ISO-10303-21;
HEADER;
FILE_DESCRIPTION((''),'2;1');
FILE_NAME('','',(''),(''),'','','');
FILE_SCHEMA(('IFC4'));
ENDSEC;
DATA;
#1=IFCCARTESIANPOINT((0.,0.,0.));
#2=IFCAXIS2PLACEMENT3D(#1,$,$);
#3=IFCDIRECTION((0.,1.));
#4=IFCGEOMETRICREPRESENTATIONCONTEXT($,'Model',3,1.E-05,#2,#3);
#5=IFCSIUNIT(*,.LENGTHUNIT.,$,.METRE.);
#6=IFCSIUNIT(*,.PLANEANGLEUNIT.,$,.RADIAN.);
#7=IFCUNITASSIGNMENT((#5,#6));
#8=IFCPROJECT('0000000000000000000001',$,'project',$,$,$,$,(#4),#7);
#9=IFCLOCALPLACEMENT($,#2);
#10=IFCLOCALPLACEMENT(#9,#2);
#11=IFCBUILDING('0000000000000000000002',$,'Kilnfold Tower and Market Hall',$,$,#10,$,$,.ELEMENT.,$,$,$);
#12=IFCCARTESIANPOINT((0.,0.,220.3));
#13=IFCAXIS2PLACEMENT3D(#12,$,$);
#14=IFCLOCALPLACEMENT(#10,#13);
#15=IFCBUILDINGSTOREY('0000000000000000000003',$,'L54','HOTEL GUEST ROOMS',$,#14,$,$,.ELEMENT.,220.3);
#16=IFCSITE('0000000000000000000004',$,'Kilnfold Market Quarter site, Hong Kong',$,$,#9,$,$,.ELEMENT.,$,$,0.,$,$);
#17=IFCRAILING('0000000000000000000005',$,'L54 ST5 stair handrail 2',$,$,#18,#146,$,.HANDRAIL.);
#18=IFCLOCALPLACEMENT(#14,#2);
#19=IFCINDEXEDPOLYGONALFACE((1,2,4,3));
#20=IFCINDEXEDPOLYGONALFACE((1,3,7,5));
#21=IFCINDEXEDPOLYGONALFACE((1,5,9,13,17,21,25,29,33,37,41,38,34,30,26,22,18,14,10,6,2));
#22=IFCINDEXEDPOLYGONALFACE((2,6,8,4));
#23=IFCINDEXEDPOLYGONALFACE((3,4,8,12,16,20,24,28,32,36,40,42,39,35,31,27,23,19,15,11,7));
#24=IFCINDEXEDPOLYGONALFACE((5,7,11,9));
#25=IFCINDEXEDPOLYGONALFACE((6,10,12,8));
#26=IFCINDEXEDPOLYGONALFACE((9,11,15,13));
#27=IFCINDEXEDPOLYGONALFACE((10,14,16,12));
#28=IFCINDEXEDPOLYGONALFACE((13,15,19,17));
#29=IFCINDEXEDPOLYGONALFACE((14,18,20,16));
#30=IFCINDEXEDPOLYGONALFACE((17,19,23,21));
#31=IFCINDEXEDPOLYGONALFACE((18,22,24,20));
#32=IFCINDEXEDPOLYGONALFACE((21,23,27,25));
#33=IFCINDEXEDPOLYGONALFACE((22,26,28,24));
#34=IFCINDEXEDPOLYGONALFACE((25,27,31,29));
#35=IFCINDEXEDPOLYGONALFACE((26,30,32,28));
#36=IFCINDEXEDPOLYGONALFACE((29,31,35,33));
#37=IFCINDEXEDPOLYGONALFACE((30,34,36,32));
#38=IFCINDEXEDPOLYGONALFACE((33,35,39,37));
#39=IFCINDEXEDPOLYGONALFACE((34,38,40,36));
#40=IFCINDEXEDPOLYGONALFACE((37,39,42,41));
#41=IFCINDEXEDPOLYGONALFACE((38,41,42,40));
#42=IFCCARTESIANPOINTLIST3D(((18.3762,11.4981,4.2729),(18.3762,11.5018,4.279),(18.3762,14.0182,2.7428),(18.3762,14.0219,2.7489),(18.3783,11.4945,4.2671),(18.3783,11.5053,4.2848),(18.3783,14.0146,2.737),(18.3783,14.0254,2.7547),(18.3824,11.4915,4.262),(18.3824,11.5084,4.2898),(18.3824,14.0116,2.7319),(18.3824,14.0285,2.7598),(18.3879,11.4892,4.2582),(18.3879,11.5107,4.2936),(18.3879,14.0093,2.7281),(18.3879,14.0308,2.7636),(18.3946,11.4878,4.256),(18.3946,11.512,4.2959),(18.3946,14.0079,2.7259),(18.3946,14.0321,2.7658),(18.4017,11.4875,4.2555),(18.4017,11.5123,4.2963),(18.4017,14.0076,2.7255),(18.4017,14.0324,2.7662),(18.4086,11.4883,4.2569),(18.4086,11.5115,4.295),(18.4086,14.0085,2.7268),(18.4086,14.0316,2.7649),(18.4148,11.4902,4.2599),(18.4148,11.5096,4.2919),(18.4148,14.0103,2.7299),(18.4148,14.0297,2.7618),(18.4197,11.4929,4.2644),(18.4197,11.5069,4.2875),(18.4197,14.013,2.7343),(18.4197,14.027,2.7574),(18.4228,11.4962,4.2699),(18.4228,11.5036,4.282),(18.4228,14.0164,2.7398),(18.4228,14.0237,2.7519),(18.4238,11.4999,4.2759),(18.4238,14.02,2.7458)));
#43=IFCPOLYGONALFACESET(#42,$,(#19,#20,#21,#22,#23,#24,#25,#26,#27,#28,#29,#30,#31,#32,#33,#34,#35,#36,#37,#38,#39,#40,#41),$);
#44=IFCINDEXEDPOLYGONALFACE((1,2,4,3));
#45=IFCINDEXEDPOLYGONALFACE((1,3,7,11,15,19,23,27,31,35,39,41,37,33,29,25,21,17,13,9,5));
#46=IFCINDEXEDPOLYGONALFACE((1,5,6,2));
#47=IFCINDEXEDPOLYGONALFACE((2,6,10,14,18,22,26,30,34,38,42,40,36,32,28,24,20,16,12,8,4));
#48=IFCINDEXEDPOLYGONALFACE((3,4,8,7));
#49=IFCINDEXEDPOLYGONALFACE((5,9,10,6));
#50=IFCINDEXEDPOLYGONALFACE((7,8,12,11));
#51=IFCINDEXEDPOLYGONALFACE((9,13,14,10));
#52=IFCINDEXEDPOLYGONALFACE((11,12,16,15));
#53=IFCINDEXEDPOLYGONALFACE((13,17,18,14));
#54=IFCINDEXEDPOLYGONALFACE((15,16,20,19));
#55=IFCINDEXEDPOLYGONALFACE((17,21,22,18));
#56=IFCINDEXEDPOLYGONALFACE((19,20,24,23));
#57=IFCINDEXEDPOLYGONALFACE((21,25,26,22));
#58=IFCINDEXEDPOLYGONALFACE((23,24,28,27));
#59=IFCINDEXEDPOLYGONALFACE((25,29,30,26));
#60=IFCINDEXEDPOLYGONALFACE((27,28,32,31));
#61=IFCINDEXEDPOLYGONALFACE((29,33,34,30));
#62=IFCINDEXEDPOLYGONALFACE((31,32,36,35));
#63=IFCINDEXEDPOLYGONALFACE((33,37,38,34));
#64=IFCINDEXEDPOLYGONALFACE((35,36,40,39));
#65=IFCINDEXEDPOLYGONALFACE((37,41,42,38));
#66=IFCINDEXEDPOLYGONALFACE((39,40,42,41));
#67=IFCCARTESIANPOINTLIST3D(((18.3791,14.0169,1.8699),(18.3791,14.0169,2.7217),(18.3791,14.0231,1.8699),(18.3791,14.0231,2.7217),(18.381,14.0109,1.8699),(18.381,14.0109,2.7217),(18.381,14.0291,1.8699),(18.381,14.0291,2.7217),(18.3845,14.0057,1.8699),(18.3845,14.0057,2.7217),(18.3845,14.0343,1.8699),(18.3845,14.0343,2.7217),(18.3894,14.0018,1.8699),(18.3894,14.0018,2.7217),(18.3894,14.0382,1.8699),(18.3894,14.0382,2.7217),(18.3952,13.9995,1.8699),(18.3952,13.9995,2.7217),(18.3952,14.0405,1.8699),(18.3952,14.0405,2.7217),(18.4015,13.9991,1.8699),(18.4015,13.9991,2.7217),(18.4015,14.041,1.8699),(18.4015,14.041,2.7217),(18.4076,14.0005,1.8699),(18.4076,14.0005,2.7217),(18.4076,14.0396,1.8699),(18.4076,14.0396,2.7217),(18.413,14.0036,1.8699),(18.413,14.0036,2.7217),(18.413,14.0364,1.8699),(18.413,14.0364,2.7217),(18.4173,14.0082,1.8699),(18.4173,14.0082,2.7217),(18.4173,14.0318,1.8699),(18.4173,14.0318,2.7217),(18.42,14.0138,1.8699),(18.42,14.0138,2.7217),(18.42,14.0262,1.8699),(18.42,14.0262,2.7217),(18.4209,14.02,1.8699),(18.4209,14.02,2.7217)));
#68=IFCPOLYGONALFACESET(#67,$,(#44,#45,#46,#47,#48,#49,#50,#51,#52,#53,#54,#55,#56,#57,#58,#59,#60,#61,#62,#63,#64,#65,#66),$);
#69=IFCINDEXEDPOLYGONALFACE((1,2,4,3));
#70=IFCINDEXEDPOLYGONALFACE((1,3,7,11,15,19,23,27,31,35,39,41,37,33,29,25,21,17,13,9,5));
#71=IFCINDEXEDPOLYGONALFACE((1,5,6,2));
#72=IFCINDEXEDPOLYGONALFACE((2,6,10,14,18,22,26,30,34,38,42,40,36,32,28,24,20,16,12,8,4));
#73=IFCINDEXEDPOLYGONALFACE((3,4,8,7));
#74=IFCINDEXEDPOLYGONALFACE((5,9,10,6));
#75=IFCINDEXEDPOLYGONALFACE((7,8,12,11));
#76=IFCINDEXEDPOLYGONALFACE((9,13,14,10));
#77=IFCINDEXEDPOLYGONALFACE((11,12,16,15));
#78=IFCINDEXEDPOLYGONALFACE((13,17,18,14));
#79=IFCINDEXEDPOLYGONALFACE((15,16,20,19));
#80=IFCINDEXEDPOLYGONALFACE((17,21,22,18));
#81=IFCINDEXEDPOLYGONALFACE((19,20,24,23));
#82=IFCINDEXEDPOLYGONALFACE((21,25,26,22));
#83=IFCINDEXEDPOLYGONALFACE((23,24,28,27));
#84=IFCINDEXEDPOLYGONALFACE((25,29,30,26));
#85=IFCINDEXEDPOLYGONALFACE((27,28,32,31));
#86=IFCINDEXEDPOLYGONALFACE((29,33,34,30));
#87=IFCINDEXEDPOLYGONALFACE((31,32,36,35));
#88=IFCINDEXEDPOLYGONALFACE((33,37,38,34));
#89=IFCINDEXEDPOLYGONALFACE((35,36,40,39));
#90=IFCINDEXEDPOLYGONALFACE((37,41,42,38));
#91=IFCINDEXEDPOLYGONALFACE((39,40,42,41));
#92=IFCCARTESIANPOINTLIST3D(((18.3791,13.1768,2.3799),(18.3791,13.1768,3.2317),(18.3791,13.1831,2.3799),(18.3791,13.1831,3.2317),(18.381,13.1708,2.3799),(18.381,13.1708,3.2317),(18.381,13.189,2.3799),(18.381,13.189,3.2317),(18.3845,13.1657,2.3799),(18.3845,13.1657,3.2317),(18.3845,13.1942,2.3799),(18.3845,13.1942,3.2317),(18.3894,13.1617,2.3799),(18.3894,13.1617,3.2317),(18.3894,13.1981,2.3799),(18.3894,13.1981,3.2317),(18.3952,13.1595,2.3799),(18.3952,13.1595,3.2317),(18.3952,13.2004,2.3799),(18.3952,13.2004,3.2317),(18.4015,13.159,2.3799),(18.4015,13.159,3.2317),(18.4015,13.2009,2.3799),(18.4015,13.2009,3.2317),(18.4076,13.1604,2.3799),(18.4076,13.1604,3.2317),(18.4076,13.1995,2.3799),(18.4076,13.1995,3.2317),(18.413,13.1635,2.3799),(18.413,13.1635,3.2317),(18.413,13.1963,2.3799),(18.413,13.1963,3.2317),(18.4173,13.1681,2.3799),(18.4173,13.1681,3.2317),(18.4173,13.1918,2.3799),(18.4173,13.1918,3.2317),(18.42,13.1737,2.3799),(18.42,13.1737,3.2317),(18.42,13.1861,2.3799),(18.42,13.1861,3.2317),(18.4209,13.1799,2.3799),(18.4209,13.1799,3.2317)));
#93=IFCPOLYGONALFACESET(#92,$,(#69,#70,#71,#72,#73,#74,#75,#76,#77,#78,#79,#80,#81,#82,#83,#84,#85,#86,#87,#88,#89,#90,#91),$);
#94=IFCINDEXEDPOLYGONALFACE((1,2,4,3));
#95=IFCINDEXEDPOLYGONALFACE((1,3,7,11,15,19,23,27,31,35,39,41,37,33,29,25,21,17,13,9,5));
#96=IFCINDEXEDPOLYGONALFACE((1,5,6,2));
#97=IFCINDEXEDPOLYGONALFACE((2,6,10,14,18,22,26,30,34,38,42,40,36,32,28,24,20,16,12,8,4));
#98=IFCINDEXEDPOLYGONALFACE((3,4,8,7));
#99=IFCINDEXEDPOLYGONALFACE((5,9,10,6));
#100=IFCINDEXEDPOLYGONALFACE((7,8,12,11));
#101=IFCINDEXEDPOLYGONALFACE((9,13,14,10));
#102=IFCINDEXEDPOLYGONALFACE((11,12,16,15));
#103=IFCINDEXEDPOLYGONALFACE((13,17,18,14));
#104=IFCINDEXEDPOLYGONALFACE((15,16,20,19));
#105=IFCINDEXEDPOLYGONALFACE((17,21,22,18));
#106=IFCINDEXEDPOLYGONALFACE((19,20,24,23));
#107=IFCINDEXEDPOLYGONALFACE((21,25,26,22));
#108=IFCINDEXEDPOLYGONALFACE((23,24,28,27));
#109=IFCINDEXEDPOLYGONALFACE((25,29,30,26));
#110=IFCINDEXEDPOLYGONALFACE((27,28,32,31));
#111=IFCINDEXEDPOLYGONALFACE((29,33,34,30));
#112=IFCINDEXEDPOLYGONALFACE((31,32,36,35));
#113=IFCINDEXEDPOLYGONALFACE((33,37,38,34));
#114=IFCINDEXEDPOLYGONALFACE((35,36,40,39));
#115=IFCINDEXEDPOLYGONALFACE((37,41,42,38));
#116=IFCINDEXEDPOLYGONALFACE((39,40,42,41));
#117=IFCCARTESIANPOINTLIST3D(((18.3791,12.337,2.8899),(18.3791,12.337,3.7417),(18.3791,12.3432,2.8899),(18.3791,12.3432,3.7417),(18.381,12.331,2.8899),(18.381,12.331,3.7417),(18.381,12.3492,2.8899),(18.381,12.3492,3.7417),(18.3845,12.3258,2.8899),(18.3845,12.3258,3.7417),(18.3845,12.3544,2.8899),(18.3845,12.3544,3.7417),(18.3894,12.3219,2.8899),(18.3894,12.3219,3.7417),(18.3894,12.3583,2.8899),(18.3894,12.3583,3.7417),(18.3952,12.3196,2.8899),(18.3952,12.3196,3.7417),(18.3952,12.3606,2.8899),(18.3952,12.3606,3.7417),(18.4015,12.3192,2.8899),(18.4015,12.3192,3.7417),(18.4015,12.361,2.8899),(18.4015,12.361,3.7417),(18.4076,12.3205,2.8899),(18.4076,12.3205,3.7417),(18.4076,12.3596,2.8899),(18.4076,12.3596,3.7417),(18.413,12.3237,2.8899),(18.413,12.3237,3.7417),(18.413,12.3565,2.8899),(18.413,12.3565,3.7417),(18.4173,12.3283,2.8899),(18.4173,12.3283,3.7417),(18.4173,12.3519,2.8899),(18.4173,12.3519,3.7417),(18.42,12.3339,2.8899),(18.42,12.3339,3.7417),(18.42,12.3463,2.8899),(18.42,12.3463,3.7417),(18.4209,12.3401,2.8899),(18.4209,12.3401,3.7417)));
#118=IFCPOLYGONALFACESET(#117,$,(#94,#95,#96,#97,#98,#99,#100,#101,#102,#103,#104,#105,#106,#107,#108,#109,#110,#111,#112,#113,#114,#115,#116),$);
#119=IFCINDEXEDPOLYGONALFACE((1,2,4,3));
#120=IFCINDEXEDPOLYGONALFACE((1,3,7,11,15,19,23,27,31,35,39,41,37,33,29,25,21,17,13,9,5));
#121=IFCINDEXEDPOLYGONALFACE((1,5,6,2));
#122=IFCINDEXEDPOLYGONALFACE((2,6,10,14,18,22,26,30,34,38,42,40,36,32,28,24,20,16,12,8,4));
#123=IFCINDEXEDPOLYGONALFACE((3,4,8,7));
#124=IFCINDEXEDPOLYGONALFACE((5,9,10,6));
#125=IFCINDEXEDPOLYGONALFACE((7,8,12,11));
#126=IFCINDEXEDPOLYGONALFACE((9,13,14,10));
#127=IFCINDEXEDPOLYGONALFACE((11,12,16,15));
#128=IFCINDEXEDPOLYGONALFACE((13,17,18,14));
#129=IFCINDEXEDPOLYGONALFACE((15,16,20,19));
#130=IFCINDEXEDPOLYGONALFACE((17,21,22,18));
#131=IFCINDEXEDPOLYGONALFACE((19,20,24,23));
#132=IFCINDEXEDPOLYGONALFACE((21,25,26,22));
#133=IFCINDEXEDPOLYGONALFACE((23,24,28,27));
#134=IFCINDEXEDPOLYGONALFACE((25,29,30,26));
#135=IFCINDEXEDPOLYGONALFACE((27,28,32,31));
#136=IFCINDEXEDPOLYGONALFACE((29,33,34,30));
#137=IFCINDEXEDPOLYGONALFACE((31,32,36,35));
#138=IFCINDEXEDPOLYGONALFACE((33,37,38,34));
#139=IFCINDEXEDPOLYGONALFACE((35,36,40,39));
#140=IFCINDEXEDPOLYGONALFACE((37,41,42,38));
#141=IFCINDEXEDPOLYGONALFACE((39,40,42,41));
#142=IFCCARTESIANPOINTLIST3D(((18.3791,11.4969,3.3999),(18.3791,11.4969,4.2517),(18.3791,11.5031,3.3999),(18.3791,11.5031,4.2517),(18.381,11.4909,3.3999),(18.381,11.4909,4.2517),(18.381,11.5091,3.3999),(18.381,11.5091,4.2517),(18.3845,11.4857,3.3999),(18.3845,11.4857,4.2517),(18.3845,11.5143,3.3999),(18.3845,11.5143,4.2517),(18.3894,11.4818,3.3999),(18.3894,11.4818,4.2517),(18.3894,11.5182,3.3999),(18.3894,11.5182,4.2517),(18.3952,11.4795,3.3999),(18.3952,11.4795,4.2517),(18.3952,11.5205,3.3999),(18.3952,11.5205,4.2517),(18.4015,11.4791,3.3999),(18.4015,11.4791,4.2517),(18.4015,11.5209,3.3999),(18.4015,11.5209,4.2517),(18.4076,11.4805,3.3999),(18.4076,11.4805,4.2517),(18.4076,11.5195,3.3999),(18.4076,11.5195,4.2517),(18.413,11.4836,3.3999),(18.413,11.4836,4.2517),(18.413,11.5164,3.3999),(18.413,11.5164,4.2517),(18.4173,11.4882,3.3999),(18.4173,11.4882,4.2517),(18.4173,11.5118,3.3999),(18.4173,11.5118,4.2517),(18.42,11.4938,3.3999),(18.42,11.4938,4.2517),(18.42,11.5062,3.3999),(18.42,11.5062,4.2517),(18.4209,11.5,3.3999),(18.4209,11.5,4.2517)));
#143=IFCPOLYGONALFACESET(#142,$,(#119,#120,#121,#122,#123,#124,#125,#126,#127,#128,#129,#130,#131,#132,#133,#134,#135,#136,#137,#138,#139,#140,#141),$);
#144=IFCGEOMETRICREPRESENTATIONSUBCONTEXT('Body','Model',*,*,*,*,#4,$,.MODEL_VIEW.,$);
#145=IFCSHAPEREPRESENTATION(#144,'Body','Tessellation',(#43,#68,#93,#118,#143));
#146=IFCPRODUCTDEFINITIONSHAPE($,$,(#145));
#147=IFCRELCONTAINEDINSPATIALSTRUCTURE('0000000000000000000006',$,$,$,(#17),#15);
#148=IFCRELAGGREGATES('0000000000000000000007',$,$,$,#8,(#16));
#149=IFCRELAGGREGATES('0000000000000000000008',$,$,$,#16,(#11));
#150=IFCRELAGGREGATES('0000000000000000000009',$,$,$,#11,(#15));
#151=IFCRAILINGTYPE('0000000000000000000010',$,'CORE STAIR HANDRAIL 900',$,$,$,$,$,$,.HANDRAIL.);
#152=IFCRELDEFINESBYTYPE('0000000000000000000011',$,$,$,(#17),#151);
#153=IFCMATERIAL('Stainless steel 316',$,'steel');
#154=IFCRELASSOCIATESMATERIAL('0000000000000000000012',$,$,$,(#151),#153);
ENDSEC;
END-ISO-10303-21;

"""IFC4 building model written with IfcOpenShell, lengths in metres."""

from ifc_helpers import new_model, si_unit, direction, frame, origin, origin_2d, place, context, subcontext, project, spatial, circle, extrude, material, type_object, element, save


model = new_model("IFC4")

# Units and contexts
model_context = context("Model", 3, precision=1e-05, world=origin(), true_north=direction((0.0, 1.0)))
body_context = subcontext(model_context, "Body", "Model", "MODEL_VIEW")
ifc_project = project(units=[si_unit("LENGTHUNIT", "METRE"), si_unit("PLANEANGLEUNIT", "RADIAN")], contexts=[model_context])

# Site, building, storey
site_placement = place(None, origin())
site = spatial("IfcSite", under=ifc_project, at=site_placement, Name="Kilnfold Market Quarter site, Hong Kong", CompositionType="ELEMENT", RefElevation=0.0)
building_placement = place(site_placement, origin())
building = spatial("IfcBuilding", under=site, at=building_placement, Name="Kilnfold Tower and Market Hall", CompositionType="ELEMENT")
storey_placement = place(building_placement, frame((0.0, 0.0, 220.3)))
storey = spatial("IfcBuildingStorey", under=building, at=storey_placement, Name="L54", Description="HOTEL GUEST ROOMS", CompositionType="ELEMENT", Elevation=220.3)

# Railing
ifc_material_1 = material(Name="Stainless steel 316", Category="steel")
railing_type_1 = type_object("IfcRailingType", Name="CORE STAIR HANDRAIL 900", PredefinedType="HANDRAIL", material=ifc_material_1)
railing_1_placement = place(storey_placement, frame((18.3999, 14.02, 1.8699)))
element("IfcRailing", 1, at=railing_1_placement, inside=storey, type_object=railing_type_1, Name="L54 ST5 stair handrail 2", PredefinedType="HANDRAIL", context=body_context, shape_type="SweptSolid", body=[
    extrude(circle(Radius=0.0239, at=origin_2d()), frame((0.0, 0.0, 0.876), z_axis=(0.0, -0.854785, 0.518982), x_axis=(1.0, 0.0, 0.0)), (0.0, 0.0, 1.0), 2.9482),
    extrude(circle(Radius=0.021, at=origin_2d()), origin(), (0.0, 0.0, 1.0), 0.8518),
    extrude(circle(Radius=0.021, at=origin_2d()), frame((0.0, -0.8401, 0.51)), (0.0, 0.0, 1.0), 0.8518),
    extrude(circle(Radius=0.021, at=origin_2d()), frame((0.0, -1.6799, 1.02)), (0.0, 0.0, 1.0), 0.8518),
    extrude(circle(Radius=0.021, at=origin_2d()), frame((0.0, -2.52, 1.53)), (0.0, 0.0, 1.0), 0.8518),
])

save(model, "model.ifc")
